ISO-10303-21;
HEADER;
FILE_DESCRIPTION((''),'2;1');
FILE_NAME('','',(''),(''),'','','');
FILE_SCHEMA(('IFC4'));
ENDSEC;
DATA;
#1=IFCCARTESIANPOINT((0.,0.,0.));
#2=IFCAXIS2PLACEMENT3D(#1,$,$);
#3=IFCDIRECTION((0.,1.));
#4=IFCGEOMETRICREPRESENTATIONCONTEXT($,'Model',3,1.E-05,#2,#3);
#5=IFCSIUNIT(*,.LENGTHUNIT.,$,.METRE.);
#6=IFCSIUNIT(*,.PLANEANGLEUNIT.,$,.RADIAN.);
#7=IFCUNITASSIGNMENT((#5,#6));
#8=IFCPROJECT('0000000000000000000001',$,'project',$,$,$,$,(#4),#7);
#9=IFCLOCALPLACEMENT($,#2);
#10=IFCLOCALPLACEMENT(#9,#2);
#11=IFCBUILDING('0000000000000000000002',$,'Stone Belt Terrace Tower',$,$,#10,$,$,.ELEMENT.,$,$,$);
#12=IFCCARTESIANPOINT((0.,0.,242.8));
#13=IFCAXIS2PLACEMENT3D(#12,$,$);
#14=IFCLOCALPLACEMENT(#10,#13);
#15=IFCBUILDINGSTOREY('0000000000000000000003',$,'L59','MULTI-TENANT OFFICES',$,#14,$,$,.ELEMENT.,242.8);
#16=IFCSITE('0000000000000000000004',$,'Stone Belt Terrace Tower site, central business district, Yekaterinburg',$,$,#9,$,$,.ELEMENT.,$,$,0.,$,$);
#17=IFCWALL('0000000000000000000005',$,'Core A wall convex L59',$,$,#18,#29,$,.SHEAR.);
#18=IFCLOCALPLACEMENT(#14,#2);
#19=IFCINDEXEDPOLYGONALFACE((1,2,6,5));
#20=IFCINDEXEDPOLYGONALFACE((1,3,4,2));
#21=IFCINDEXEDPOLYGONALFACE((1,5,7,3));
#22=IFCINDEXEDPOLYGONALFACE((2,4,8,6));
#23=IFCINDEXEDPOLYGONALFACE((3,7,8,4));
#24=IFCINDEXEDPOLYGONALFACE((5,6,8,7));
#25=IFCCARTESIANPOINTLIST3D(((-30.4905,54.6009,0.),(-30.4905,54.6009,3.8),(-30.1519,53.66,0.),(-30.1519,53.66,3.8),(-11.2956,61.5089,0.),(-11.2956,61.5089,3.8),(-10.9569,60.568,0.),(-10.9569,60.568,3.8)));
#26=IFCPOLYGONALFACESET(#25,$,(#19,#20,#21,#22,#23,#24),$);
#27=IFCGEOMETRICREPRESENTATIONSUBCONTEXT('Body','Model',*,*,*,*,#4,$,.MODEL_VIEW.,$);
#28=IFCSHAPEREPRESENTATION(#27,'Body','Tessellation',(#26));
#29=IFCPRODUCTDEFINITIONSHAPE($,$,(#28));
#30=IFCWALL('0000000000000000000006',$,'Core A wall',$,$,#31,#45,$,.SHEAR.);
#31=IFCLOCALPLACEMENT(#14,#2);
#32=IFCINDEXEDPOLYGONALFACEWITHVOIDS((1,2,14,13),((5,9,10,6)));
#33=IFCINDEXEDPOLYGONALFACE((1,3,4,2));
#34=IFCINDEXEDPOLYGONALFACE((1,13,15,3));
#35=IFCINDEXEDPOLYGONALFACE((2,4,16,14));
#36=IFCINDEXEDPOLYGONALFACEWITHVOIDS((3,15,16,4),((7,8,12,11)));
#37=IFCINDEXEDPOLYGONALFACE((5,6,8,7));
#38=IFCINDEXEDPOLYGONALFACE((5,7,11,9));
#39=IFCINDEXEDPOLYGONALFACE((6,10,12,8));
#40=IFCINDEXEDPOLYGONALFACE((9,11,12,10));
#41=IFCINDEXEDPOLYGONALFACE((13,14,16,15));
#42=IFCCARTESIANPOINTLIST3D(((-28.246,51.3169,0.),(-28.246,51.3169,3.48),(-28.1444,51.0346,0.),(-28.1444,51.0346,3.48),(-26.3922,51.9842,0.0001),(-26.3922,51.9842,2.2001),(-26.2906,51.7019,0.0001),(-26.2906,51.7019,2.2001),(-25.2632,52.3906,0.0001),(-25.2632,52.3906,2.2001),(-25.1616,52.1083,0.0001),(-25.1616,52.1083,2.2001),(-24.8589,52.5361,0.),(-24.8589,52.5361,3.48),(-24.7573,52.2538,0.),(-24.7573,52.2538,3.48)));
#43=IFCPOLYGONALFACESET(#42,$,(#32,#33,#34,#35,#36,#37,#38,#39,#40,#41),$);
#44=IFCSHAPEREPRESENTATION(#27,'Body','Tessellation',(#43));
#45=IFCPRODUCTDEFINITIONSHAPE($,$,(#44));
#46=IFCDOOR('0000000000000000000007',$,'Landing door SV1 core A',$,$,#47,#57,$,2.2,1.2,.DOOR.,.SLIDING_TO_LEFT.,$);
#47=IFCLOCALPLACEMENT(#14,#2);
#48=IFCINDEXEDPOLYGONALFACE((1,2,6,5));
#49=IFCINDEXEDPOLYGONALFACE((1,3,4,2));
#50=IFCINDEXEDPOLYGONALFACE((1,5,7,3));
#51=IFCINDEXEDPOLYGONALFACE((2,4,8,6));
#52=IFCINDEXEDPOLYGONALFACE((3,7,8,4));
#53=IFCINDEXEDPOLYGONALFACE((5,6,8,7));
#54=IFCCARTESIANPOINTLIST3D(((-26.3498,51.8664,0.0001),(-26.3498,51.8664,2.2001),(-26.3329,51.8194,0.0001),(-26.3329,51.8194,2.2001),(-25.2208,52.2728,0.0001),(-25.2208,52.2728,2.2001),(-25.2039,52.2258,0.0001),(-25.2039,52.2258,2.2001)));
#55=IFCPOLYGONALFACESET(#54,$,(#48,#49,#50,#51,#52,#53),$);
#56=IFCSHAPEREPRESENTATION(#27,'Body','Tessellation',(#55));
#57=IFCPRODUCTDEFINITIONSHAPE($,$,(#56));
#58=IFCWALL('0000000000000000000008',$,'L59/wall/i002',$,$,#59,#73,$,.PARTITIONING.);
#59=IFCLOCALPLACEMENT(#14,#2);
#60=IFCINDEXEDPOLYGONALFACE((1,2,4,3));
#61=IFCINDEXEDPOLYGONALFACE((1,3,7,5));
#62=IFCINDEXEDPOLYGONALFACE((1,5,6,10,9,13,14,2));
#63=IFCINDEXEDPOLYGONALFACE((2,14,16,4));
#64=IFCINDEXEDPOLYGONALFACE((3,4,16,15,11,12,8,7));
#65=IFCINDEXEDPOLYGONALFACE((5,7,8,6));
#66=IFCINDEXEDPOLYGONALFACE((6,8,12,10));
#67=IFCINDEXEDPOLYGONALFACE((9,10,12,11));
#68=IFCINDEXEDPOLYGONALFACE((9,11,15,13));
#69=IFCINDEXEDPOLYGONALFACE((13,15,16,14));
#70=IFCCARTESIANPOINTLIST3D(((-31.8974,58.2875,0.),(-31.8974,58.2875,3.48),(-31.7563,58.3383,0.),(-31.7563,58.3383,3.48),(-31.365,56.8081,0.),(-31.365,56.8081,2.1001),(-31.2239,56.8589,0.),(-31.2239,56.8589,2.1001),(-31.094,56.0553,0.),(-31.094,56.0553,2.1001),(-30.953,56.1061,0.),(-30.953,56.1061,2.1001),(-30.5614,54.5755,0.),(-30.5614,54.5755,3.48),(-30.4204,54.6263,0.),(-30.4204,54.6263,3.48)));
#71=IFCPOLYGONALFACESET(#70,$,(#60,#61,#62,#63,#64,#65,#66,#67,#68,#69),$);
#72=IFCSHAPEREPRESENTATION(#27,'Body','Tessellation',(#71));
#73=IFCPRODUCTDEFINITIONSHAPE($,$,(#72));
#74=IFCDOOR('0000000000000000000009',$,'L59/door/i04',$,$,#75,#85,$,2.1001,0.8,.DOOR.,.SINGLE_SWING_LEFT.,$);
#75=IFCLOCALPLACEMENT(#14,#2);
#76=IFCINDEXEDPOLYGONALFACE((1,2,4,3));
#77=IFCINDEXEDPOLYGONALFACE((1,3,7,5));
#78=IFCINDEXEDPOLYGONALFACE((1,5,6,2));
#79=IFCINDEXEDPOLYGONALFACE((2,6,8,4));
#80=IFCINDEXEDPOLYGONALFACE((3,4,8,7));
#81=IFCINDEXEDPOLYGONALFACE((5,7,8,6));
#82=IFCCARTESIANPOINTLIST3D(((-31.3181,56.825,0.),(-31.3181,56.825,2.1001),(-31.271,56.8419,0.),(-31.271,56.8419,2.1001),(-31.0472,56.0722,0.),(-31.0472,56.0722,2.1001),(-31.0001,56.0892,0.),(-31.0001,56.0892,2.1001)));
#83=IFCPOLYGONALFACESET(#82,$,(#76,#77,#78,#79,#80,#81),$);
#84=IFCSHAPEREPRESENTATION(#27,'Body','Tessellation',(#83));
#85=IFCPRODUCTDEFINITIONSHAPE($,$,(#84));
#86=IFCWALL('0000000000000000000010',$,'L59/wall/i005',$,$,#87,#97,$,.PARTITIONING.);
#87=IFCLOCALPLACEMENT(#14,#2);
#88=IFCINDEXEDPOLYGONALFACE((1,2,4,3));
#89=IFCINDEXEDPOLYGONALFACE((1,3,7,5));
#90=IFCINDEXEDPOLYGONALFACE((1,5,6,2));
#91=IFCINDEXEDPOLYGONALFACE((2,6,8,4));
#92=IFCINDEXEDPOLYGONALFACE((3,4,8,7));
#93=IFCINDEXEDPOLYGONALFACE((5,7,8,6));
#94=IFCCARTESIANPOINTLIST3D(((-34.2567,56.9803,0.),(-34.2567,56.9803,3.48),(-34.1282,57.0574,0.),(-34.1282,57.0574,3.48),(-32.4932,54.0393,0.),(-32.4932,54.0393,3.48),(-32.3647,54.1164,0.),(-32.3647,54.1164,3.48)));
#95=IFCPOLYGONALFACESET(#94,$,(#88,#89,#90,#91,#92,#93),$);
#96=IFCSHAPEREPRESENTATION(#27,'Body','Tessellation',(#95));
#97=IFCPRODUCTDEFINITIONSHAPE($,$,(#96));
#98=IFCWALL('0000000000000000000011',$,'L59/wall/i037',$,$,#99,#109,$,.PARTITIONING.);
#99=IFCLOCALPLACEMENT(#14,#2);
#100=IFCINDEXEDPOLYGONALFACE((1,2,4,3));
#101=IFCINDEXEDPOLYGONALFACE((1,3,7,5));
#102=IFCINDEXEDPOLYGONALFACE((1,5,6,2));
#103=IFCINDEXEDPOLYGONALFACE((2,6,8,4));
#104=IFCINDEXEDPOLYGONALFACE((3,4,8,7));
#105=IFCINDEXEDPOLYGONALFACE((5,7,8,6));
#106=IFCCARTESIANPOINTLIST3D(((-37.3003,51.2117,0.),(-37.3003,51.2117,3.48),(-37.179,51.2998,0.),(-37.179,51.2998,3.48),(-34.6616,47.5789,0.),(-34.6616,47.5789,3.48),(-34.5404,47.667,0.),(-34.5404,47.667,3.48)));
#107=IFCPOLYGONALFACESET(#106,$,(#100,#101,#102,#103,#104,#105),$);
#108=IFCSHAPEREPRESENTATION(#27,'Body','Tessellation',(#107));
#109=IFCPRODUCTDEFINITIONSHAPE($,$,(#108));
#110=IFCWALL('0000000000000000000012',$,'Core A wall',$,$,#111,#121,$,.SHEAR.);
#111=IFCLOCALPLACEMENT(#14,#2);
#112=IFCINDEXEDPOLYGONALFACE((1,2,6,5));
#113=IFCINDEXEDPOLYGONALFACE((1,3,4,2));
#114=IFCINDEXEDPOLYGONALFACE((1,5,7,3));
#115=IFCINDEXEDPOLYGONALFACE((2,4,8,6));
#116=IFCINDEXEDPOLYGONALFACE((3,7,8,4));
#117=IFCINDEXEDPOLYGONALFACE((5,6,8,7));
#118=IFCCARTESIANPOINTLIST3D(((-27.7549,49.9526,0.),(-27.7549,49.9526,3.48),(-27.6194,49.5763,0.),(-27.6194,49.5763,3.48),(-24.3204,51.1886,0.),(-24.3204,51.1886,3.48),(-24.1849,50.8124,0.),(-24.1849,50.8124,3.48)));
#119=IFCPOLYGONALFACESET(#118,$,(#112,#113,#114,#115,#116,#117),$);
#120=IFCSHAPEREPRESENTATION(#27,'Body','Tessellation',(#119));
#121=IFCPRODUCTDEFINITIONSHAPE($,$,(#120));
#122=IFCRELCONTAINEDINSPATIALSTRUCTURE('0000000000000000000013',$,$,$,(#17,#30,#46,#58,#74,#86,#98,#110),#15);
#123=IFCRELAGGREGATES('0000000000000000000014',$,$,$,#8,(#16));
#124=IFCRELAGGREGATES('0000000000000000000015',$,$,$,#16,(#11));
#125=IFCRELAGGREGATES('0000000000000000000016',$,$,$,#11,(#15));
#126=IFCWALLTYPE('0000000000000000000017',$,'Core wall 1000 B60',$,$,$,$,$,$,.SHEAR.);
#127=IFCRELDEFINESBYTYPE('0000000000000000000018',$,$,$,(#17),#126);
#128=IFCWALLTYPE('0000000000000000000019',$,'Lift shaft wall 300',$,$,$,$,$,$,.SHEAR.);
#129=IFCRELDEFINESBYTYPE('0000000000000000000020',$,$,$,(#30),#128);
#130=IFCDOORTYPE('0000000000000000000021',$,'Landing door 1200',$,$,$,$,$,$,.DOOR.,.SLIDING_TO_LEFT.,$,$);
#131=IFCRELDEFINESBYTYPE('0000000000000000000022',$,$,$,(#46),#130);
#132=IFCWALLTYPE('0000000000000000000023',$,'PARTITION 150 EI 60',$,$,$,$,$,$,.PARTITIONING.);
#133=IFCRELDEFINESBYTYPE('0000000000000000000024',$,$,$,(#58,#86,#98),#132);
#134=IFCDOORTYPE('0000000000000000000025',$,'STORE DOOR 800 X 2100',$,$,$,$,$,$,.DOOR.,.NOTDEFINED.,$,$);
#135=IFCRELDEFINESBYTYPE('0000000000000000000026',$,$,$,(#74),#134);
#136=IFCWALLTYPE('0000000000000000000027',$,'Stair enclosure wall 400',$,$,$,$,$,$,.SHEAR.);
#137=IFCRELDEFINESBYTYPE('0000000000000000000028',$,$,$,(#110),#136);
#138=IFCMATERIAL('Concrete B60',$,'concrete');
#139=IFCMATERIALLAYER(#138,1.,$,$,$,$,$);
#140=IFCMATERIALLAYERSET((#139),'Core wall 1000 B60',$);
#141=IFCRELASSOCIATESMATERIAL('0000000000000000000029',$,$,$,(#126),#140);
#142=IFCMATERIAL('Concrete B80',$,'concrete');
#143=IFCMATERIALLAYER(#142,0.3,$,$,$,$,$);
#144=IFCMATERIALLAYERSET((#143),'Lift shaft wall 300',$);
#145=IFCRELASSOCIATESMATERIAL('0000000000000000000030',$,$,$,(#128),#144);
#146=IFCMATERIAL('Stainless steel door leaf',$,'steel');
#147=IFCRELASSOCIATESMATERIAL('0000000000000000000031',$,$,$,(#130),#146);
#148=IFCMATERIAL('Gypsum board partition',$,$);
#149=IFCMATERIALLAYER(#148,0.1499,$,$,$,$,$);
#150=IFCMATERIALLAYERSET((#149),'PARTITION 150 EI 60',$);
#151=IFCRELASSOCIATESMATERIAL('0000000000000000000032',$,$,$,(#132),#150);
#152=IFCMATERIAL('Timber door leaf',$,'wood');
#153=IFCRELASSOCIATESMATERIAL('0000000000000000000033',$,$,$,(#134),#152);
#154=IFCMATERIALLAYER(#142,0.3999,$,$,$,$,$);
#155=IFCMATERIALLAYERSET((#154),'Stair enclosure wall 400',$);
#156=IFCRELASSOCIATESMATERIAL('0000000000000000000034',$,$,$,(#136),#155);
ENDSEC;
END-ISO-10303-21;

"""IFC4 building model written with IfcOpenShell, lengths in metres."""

from ifc_helpers import new_model, si_unit, direction, frame, frame_2d, origin, place, context, subcontext, project, spatial, rectangle, extrude, material, layer, layer_set, type_object, element, fill, save


model = new_model("IFC4")

# Units and contexts
model_context = context("Model", 3, precision=1e-05, world=origin(), true_north=direction((0.0, 1.0)))
body_context = subcontext(model_context, "Body", "Model", "MODEL_VIEW")
ifc_project = project(units=[si_unit("LENGTHUNIT", "METRE"), si_unit("PLANEANGLEUNIT", "RADIAN")], contexts=[model_context])

# Site, building, storey
site_placement = place(None, origin())
site = spatial("IfcSite", under=ifc_project, at=site_placement, Name="Stone Belt Terrace Tower site, central business district, Yekaterinburg", CompositionType="ELEMENT", RefElevation=0.0)
building_placement = place(site_placement, origin())
building = spatial("IfcBuilding", under=site, at=building_placement, Name="Stone Belt Terrace Tower", CompositionType="ELEMENT")
storey_placement = place(building_placement, frame((0.0, 0.0, 242.8)))
storey = spatial("IfcBuildingStorey", under=building, at=storey_placement, Name="L59", Description="MULTI-TENANT OFFICES", CompositionType="ELEMENT", Elevation=242.8)

# Shared definitions
ifc_material_1 = material(Name="Concrete B60", Category="concrete")

# Wall
ifc_layer_1 = layer(ifc_material_1, 1.0)
ifc_layer_set_1 = layer_set([ifc_layer_1], Name="Core wall 1000 B60")
wall_type_1 = type_object("IfcWallType", Name="Core wall 1000 B60", PredefinedType="SHEAR", material=ifc_layer_set_1)
wall_1_placement = place(storey_placement, frame((-30.3213, 54.1304, 0.0), z_axis=(0.0, 0.0, 1.0), x_axis=(0.940921, 0.338625, 0.0)))
element("IfcWall", 1, at=wall_1_placement, inside=storey, type_object=wall_type_1, Name="Core A wall convex L59", PredefinedType="SHEAR", context=body_context, shape_type="SweptSolid", body=[
    extrude(rectangle(XDim=20.4001, YDim=1.0, at=frame_2d((10.2002, 0.0))), origin(), (0.0, 0.0, 1.0), 3.8),
])

# Walls, openings, doors
ifc_material_2 = material(Name="Concrete B80", Category="concrete")
ifc_layer_2 = layer(ifc_material_2, 0.3)
ifc_layer_set_2 = layer_set([ifc_layer_2], Name="Lift shaft wall 300")
wall_type_2 = type_object("IfcWallType", Name="Lift shaft wall 300", PredefinedType="SHEAR", material=ifc_layer_set_2)
wall_2_placement = place(storey_placement, frame((-28.1951, 51.1758, 0.0), z_axis=(0.0, 0.0, 1.0), x_axis=(0.940901, 0.338681, 0.0)))
wall_2 = element("IfcWall", 2, at=wall_2_placement, inside=storey, type_object=wall_type_2, Name="Core A wall", PredefinedType="SHEAR", context=body_context, shape_type="SweptSolid", body=[
    extrude(rectangle(XDim=3.5999, YDim=0.3, at=frame_2d((1.7998, 0.0))), origin(), (0.0, 0.0, 1.0), 3.48),
])
opening_1_placement = place(wall_2_placement, frame((1.97, 0.0, 0.0)))
opening_1 = element("IfcOpeningElement", 3, at=opening_1_placement, cuts=wall_2, PredefinedType="OPENING", context=body_context, shape_type="SweptSolid", body=[
    extrude(rectangle(XDim=1.2, YDim=2.2, at=frame_2d((0.6001, 1.1001))), frame((0.0, 0.1599, 0.0), z_axis=(0.0, -1.0, 0.0), x_axis=(1.0, 0.0, 0.0)), (0.0, 0.0, 1.0), 0.3201),
])
ifc_material_3 = material(Name="Stainless steel door leaf", Category="steel")
door_type_1 = type_object("IfcDoorType", Name="Landing door 1200", OperationType="SLIDING_TO_LEFT", PredefinedType="DOOR", material=ifc_material_3)
door_1_placement = place(opening_1_placement, origin())
door_1 = element("IfcDoor", 4, at=door_1_placement, inside=storey, type_object=door_type_1, Name="Landing door SV1 core A", OperationType="SLIDING_TO_LEFT", OverallHeight=2.2, OverallWidth=1.2, PredefinedType="DOOR", context=body_context, shape_type="SweptSolid", body=[
    extrude(rectangle(XDim=1.2, YDim=2.2, at=frame_2d((0.6001, 1.1001))), frame((0.0, 0.0249, 0.0), z_axis=(0.0, -1.0, 0.0), x_axis=(1.0, 0.0, 0.0)), (0.0, 0.0, 1.0), 0.05),
])
fill(opening_1, door_1)
ifc_material_4 = material(Name="Gypsum board partition")
ifc_layer_3 = layer(ifc_material_4, 0.1499)
ifc_layer_set_3 = layer_set([ifc_layer_3], Name="PARTITION 150 EI 60")
wall_type_3 = type_object("IfcWallType", Name="PARTITION 150 EI 60", PredefinedType="PARTITIONING", material=ifc_layer_set_3)
wall_3_placement = place(storey_placement, frame((-31.8269, 58.313, 0.0), z_axis=(0.0, 0.0, 1.0), x_axis=(0.338641, -0.940916, 0.0)))
wall_3 = element("IfcWall", 5, at=wall_3_placement, inside=storey, type_object=wall_type_3, Name="L59/wall/i002", PredefinedType="PARTITIONING", context=body_context, shape_type="SweptSolid", body=[
    extrude(rectangle(XDim=3.9451, YDim=0.1499, at=frame_2d((1.9727, 0.0))), origin(), (0.0, 0.0, 1.0), 3.48),
])
opening_2_placement = place(wall_3_placement, frame((1.5725, 0.0, 0.0)))
opening_2 = element("IfcOpeningElement", 6, at=opening_2_placement, cuts=wall_3, PredefinedType="OPENING", context=body_context, shape_type="SweptSolid", body=[
    extrude(rectangle(XDim=0.8, YDim=2.1001, at=frame_2d((0.3999, 1.05))), frame((0.0, 0.085, 0.0), z_axis=(0.0, -1.0, 0.0), x_axis=(1.0, 0.0, 0.0)), (0.0, 0.0, 1.0), 0.1699),
])
ifc_material_5 = material(Name="Timber door leaf", Category="wood")
door_type_2 = type_object("IfcDoorType", Name="STORE DOOR 800 X 2100", OperationType="NOTDEFINED", PredefinedType="DOOR", material=ifc_material_5)
door_2_placement = place(opening_2_placement, origin())
door_2 = element("IfcDoor", 7, at=door_2_placement, inside=storey, type_object=door_type_2, Name="L59/door/i04", OperationType="SINGLE_SWING_LEFT", OverallHeight=2.1001, OverallWidth=0.8, PredefinedType="DOOR", context=body_context, shape_type="SweptSolid", body=[
    extrude(rectangle(XDim=0.8, YDim=2.1001, at=frame_2d((0.3999, 1.05))), frame((0.0, 0.0249, 0.0), z_axis=(0.0, -1.0, 0.0), x_axis=(1.0, 0.0, 0.0)), (0.0, 0.0, 1.0), 0.05),
])
fill(opening_2, door_2)

# Walls
wall_4_placement = place(storey_placement, frame((-32.429, 54.0779, 0.0), z_axis=(0.0, 0.0, 1.0), x_axis=(-0.514255, 0.857637, 0.0)))
element("IfcWall", 8, at=wall_4_placement, inside=storey, type_object=wall_type_3, Name="L59/wall/i005", PredefinedType="PARTITIONING", context=body_context, shape_type="SweptSolid", body=[
    extrude(rectangle(XDim=3.4292, YDim=0.1499, at=frame_2d((1.7146, 0.0))), origin(), (0.0, 0.0, 1.0), 3.48),
])
wall_5_placement = place(storey_placement, frame((-37.2397, 51.2559, 0.0), z_axis=(0.0, 0.0, 1.0), x_axis=(0.58768, -0.809093, 0.0)))
element("IfcWall", 9, at=wall_5_placement, inside=storey, type_object=wall_type_3, Name="L59/wall/i037", PredefinedType="PARTITIONING", context=body_context, shape_type="SweptSolid", body=[
    extrude(rectangle(XDim=4.49, YDim=0.1499, at=frame_2d((2.2451, 0.0))), origin(), (0.0, 0.0, 1.0), 3.48),
])
ifc_layer_4 = layer(ifc_material_2, 0.3999)
ifc_layer_set_4 = layer_set([ifc_layer_4], Name="Stair enclosure wall 400")
wall_type_4 = type_object("IfcWallType", Name="Stair enclosure wall 400", PredefinedType="SHEAR", material=ifc_layer_set_4)
wall_6_placement = place(storey_placement, frame((-27.6873, 49.7644, 0.0), z_axis=(0.0, 0.0, 1.0), x_axis=(0.940919, 0.338632, 0.0)))
element("IfcWall", 10, at=wall_6_placement, inside=storey, type_object=wall_type_4, Name="Core A wall", PredefinedType="SHEAR", context=body_context, shape_type="SweptSolid", body=[
    extrude(rectangle(XDim=3.6501, YDim=0.3999, at=frame_2d((1.8252, 0.0))), origin(), (0.0, 0.0, 1.0), 3.48),
])

save(model, "model.ifc")
